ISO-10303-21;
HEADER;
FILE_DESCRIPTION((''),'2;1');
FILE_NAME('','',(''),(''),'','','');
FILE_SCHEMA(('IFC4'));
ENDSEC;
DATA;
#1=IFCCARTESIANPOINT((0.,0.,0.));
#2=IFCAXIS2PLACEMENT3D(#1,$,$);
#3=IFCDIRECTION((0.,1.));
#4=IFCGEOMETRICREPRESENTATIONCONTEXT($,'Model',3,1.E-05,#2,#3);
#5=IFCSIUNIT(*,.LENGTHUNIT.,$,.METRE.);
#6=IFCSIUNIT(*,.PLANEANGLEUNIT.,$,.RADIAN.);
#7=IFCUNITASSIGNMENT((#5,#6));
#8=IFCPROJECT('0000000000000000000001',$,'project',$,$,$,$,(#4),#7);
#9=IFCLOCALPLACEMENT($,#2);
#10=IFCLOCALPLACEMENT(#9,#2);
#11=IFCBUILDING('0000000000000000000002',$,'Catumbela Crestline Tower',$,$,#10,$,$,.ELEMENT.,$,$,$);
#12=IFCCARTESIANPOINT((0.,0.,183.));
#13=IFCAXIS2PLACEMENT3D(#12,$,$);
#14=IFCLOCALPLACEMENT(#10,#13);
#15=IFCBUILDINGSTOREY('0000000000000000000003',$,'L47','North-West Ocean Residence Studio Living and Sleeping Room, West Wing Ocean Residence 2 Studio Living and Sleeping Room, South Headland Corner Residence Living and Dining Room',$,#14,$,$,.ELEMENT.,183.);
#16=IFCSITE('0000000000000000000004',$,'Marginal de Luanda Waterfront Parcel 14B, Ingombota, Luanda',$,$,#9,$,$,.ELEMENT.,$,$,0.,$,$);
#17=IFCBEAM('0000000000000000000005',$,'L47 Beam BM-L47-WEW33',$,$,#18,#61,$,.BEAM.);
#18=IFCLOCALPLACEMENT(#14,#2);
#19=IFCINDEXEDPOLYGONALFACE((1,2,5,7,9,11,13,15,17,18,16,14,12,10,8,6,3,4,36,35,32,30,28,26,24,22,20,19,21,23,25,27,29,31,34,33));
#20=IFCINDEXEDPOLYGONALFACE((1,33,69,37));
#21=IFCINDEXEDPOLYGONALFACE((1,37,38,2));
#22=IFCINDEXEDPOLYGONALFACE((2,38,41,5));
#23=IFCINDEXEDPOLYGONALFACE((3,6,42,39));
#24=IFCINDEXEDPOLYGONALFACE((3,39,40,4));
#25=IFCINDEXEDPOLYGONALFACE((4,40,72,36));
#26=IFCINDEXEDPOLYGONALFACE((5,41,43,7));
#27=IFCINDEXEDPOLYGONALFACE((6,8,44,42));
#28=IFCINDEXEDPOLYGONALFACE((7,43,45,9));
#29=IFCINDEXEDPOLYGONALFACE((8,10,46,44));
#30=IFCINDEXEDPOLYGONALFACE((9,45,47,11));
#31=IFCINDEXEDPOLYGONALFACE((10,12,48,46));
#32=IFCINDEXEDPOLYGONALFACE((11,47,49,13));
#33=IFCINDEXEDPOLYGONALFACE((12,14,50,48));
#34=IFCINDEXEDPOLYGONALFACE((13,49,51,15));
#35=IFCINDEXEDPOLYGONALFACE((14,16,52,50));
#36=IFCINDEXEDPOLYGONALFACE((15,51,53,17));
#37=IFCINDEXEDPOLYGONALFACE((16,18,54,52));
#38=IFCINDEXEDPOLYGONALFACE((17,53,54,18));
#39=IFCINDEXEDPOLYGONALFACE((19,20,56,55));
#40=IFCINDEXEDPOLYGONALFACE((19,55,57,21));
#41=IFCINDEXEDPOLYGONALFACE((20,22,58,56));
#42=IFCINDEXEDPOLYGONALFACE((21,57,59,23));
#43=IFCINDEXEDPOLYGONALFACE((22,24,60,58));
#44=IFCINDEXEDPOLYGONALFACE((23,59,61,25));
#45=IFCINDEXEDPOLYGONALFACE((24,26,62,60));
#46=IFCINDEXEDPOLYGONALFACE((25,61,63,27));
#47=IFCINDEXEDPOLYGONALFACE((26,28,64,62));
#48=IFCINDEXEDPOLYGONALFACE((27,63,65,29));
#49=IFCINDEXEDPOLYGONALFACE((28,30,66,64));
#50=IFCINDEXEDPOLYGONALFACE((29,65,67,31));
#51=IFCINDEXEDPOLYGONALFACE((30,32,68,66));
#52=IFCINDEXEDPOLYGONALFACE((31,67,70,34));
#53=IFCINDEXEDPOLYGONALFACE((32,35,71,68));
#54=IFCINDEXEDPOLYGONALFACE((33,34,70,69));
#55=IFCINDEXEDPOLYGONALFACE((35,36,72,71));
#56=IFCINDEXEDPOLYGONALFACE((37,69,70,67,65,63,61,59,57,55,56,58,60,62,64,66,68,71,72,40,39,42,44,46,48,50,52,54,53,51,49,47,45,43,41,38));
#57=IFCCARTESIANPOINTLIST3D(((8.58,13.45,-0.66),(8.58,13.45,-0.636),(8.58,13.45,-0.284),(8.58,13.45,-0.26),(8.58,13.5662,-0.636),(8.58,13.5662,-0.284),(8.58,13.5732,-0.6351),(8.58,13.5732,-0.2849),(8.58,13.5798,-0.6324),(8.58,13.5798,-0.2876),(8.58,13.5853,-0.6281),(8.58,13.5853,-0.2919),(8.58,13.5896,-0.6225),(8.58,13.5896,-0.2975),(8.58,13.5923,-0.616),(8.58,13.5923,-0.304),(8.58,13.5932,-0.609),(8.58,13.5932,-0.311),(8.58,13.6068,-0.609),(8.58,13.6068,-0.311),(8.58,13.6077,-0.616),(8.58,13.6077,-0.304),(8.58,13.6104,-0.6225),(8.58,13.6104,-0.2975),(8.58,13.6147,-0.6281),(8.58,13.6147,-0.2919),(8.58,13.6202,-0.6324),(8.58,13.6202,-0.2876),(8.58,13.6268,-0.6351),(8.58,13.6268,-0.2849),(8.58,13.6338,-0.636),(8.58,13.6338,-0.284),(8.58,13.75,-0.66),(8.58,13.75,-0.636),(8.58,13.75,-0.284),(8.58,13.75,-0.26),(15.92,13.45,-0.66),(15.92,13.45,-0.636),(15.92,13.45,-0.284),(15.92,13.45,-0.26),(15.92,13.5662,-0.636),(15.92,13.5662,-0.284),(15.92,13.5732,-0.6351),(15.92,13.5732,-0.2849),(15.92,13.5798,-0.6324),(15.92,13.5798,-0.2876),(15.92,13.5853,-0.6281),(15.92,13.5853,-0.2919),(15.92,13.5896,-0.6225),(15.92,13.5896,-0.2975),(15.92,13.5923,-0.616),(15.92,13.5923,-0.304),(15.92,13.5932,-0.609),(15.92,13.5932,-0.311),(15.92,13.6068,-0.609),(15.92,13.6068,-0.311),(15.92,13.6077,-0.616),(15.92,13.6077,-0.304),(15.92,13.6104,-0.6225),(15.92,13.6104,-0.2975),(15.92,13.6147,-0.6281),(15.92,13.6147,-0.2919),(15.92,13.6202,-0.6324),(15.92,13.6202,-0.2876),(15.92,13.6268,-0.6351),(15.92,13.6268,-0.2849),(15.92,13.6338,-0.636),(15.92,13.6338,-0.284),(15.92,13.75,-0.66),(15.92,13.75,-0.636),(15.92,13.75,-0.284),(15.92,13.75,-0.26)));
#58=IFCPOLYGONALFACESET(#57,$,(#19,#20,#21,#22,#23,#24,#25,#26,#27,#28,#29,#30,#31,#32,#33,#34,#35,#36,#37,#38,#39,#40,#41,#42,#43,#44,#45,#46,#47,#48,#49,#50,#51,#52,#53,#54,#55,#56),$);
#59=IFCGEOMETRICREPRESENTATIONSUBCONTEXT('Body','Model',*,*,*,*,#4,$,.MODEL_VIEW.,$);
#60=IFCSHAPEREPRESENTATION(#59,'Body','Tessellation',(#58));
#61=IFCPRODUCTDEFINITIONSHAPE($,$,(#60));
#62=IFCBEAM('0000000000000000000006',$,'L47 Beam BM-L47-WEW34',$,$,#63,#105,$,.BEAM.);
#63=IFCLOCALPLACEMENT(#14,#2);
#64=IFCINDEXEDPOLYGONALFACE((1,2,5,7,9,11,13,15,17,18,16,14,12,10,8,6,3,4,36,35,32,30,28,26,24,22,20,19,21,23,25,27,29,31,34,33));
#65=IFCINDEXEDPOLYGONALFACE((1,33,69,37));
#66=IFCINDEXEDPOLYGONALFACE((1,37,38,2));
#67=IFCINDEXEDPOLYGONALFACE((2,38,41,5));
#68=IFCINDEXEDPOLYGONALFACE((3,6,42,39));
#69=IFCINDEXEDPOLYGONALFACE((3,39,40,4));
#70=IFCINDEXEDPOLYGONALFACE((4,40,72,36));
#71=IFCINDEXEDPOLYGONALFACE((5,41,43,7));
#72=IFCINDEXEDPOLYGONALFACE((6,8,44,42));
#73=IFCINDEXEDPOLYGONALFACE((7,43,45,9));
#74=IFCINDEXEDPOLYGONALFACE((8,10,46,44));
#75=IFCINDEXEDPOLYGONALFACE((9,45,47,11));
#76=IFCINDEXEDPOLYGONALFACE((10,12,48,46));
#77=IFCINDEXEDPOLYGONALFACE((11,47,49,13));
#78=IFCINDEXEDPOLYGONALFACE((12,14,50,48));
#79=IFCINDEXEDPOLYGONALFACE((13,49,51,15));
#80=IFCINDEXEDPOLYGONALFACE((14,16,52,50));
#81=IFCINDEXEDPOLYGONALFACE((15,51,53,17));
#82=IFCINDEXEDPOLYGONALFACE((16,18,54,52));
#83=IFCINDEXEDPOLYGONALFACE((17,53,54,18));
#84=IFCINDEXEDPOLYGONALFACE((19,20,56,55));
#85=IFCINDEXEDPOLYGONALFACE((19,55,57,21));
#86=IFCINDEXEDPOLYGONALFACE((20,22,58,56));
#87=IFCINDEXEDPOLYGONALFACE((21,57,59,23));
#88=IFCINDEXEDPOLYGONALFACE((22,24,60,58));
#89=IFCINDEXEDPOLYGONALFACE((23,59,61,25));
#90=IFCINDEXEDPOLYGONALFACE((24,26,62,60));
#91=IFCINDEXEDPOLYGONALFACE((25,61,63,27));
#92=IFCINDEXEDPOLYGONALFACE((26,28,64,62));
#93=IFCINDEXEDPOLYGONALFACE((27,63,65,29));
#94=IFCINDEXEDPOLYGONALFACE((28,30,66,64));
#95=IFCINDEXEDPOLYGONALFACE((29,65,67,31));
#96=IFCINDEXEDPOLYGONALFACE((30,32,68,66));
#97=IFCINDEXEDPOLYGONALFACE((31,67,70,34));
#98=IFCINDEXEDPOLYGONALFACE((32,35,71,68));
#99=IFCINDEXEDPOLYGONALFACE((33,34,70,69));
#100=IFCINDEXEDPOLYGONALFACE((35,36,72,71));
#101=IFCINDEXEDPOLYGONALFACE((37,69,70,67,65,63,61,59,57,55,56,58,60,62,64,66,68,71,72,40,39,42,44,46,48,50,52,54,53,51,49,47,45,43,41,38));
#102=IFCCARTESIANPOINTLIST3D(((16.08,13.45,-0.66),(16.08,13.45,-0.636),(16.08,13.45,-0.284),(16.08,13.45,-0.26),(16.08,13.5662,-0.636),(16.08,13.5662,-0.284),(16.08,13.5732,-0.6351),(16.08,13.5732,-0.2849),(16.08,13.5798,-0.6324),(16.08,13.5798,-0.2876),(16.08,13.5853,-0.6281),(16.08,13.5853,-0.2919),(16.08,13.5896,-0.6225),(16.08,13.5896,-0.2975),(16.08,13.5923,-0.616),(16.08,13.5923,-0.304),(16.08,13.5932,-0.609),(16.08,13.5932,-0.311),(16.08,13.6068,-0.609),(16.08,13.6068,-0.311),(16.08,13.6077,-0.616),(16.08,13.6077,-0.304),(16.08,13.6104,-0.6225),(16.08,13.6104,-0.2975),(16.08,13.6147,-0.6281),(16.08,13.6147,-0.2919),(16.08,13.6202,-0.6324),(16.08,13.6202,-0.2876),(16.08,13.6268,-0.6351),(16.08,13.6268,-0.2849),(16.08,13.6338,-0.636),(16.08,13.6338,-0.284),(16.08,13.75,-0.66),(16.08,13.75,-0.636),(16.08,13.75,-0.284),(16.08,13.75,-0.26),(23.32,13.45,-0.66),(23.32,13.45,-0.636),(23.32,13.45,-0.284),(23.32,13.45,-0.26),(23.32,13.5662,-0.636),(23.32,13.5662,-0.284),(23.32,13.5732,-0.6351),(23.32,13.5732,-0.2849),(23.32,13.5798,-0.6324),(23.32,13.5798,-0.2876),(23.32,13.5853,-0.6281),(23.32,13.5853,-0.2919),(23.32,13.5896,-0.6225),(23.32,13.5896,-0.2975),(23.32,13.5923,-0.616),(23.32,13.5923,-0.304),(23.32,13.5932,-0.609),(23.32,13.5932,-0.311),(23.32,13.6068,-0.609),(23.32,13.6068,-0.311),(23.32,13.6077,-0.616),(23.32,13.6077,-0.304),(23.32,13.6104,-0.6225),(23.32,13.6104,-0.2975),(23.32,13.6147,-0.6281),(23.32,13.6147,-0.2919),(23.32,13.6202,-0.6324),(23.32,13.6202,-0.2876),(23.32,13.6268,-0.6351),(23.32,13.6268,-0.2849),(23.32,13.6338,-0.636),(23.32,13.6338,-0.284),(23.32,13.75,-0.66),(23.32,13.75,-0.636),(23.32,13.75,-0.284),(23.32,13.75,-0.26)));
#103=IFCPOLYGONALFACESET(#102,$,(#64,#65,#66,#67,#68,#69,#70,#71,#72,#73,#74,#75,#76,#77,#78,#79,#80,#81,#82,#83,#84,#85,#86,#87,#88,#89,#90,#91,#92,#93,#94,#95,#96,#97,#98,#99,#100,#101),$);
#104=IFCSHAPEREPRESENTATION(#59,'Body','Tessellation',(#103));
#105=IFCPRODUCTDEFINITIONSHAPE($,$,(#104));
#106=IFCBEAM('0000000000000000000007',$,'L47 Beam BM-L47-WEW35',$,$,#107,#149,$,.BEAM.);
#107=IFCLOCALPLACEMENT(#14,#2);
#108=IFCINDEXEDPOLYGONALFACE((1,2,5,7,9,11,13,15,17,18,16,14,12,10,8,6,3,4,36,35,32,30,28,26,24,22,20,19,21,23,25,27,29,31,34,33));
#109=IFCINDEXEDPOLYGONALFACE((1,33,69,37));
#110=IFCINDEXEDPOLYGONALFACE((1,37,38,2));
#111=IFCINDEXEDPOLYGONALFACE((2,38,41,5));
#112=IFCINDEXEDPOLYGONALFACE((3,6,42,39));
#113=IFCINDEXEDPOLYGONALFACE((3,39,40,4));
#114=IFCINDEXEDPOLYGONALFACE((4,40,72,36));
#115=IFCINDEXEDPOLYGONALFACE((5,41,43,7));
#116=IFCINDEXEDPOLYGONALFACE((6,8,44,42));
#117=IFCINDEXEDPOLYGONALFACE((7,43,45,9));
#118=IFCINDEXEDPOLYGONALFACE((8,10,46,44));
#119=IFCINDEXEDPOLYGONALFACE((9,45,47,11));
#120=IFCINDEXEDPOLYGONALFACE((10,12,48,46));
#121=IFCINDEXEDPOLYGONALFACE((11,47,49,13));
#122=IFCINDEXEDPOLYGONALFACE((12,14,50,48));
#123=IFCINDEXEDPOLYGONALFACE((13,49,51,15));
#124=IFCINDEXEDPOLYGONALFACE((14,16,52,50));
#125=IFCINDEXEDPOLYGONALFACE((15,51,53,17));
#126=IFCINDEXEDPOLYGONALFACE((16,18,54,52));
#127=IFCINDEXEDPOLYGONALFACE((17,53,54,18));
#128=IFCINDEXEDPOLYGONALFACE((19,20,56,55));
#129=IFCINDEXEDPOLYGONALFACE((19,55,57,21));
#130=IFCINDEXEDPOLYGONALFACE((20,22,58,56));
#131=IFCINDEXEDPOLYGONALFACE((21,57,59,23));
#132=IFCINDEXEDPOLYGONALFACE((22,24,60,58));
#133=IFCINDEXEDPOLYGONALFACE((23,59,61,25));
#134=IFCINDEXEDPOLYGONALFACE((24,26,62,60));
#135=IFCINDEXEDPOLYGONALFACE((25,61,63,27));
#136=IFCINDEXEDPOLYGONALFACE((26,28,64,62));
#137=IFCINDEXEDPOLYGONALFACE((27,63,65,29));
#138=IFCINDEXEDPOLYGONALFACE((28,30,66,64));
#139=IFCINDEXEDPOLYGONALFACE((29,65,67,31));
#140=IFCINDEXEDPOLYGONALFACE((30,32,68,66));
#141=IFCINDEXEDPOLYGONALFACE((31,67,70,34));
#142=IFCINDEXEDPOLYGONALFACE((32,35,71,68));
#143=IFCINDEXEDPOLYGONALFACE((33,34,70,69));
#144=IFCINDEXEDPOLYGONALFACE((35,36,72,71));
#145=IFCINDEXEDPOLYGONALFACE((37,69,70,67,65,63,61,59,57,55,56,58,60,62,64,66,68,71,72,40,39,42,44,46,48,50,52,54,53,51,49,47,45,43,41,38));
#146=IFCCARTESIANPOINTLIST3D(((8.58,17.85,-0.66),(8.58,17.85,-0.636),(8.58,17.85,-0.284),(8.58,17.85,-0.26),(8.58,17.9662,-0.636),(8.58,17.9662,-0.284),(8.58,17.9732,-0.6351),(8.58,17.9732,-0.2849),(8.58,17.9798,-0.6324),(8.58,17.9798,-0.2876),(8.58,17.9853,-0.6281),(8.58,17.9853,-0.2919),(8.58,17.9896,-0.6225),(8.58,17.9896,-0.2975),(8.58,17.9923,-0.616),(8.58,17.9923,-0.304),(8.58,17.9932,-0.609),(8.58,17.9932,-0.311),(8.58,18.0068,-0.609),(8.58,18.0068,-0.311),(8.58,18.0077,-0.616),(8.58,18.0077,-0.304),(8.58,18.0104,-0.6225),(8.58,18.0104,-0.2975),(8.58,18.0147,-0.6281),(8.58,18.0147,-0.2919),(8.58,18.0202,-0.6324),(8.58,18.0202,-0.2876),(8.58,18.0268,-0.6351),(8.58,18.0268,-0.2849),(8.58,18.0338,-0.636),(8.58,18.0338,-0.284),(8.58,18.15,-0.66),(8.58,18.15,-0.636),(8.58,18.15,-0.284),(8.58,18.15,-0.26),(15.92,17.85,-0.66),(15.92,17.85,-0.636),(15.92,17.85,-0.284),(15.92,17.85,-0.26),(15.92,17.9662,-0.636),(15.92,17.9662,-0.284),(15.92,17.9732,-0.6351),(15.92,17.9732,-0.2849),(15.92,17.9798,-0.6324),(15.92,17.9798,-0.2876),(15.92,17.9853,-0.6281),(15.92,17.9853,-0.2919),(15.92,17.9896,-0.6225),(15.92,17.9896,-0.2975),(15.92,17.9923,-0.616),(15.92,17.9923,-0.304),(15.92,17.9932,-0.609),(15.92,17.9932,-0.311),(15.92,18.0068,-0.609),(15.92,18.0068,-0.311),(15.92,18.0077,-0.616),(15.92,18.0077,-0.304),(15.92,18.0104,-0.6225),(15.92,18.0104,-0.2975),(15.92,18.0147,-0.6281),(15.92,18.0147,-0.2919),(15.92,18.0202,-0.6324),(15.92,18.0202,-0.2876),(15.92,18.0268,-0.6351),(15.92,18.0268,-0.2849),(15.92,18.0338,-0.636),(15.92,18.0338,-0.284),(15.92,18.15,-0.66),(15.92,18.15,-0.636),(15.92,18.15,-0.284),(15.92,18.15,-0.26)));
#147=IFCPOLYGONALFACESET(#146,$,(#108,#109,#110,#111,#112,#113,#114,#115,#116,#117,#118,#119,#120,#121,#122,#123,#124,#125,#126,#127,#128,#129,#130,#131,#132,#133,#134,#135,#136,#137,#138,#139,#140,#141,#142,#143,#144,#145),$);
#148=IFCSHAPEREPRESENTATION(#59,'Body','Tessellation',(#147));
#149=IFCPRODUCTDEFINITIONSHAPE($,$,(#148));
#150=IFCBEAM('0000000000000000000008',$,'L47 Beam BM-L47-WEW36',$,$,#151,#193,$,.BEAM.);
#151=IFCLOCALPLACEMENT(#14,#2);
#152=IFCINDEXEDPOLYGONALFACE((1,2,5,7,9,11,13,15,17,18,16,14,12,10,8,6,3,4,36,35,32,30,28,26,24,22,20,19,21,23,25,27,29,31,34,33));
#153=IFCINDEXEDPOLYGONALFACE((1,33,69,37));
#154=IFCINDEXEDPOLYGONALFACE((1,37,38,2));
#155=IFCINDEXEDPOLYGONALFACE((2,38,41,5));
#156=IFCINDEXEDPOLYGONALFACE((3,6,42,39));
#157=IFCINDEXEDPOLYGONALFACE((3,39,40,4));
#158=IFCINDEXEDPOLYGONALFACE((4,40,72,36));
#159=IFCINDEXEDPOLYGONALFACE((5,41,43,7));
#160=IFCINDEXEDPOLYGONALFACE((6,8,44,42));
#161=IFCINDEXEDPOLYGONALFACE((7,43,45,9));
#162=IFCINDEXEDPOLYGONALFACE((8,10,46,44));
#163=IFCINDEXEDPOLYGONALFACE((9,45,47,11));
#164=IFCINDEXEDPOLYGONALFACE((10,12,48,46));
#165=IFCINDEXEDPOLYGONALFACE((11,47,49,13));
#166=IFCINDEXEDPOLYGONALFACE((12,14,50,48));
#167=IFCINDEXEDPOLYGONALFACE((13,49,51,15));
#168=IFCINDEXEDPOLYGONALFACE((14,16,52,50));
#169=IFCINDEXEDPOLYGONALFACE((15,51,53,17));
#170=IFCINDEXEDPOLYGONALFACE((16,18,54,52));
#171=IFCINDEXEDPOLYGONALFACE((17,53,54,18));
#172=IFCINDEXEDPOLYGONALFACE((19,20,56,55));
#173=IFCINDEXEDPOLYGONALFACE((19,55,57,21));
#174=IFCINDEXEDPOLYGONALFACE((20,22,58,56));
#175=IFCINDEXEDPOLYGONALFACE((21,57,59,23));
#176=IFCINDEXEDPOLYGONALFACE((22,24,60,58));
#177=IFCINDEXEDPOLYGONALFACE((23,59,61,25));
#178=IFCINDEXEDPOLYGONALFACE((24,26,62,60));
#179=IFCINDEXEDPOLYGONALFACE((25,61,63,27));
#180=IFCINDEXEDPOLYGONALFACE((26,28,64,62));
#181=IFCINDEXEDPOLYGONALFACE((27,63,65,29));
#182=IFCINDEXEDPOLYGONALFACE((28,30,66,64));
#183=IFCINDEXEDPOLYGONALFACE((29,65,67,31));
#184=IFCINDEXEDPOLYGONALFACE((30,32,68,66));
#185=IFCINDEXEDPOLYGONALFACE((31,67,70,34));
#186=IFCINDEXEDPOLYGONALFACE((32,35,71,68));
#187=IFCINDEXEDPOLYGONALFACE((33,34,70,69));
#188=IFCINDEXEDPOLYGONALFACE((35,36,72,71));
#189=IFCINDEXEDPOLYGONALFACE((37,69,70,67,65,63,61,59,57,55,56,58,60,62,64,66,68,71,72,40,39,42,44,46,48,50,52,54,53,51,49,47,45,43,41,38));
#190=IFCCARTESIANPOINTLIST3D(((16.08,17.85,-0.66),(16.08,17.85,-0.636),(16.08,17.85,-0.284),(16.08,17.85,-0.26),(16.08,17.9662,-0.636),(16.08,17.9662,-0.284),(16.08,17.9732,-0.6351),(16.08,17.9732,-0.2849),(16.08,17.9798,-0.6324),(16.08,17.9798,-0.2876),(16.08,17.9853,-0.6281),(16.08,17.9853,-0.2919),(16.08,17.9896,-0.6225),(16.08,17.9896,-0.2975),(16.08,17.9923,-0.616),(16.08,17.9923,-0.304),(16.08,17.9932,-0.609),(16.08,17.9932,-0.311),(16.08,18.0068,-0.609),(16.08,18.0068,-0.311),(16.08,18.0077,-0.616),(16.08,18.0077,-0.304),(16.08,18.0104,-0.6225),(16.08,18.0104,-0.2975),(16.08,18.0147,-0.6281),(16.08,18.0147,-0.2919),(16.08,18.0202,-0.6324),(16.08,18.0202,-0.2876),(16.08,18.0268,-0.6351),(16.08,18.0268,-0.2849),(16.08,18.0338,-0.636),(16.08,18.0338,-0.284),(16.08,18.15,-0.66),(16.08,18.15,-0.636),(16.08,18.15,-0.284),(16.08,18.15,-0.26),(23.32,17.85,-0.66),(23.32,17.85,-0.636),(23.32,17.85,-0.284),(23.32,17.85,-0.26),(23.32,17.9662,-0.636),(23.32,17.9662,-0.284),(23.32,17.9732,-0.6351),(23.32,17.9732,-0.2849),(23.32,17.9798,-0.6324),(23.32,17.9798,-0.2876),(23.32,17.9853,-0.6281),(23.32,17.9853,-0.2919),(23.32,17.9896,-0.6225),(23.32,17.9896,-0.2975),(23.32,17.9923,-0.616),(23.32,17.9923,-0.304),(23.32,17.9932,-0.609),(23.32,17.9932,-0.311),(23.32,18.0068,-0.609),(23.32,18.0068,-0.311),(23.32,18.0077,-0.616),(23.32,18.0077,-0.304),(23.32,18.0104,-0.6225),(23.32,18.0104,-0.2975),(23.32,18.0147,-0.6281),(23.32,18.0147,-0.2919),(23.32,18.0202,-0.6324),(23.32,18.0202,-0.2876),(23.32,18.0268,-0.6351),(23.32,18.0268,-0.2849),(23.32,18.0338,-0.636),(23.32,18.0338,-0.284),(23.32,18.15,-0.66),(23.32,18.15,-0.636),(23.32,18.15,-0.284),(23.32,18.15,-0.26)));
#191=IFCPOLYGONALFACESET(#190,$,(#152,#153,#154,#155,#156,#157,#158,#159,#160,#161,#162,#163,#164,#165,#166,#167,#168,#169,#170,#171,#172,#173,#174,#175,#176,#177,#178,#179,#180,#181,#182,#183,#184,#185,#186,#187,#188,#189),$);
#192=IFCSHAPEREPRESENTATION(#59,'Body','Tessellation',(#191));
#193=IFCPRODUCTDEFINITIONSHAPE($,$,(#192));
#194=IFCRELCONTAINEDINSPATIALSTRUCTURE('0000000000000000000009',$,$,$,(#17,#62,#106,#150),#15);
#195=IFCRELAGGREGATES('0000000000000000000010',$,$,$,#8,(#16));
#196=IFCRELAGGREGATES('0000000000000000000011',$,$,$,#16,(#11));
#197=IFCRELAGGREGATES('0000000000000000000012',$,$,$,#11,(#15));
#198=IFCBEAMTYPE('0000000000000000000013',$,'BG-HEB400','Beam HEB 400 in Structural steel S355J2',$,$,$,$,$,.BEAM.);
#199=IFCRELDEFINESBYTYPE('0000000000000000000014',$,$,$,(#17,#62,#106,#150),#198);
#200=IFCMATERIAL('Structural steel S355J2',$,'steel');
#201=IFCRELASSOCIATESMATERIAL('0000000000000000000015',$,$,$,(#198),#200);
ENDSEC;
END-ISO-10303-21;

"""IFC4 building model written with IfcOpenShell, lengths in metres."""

from ifc_helpers import new_model, si_unit, direction, frame, origin, origin_2d, place, context, subcontext, project, spatial, i_section, extrude, material, material_profile, profile_set, type_object, element, save


model = new_model("IFC4")

# Units and contexts
model_context = context("Model", 3, precision=1e-05, world=origin(), true_north=direction((0.0, 1.0)))
body_context = subcontext(model_context, "Body", "Model", "MODEL_VIEW")
ifc_project = project(units=[si_unit("LENGTHUNIT", "METRE"), si_unit("PLANEANGLEUNIT", "RADIAN")], contexts=[model_context])

# Site, building, storey
site_placement = place(None, origin())
site = spatial("IfcSite", under=ifc_project, at=site_placement, Name="Marginal de Luanda Waterfront Parcel 14B, Ingombota, Luanda", CompositionType="ELEMENT", RefElevation=0.0)
building_placement = place(site_placement, origin())
building = spatial("IfcBuilding", under=site, at=building_placement, Name="Catumbela Crestline Tower", CompositionType="ELEMENT")
storey_placement = place(building_placement, frame((0.0, 0.0, 183.0)))
storey = spatial("IfcBuildingStorey", under=building, at=storey_placement, Name="L47", Description="North-West Ocean Residence Studio Living and Sleeping Room, West Wing Ocean Residence 2 Studio Living and Sleeping Room, South Headland Corner Residence Living and Dining Room", CompositionType="ELEMENT", Elevation=183.0)

# Shared definitions
ifc_material_1 = material(Name="Structural steel S355J2", Category="steel")

# Beams
ifc_material_profile_1 = material_profile(ifc_material_1, i_section(OverallWidth=0.3, OverallDepth=0.4, WebThickness=0.0135, FlangeThickness=0.024, FilletRadius=0.027, at=origin_2d()), Name="HEB 400")
ifc_profile_set_1 = profile_set([ifc_material_profile_1], Name="Structural steel S355J2")
beam_type_1 = type_object("IfcBeamType", Name="BG-HEB400", Description="Beam HEB 400 in Structural steel S355J2", PredefinedType="BEAM", material=ifc_profile_set_1)
beam_1_placement = place(storey_placement, frame((8.58, 13.6, -0.46), z_axis=(1.0, 0.0, 0.0), x_axis=(0.0, 1.0, 0.0)))
element("IfcBeam", 1, at=beam_1_placement, inside=storey, type_object=beam_type_1, Name="L47 Beam BM-L47-WEW33", PredefinedType="BEAM", context=body_context, shape_type="SweptSolid", body=[
    extrude(i_section(OverallWidth=0.3, OverallDepth=0.4, WebThickness=0.0135, FlangeThickness=0.024, FilletRadius=0.027, at=origin_2d()), origin(), (0.0, 0.0, 1.0), 7.34),
])
beam_2_placement = place(storey_placement, frame((16.08, 13.6, -0.46), z_axis=(1.0, 0.0, 0.0), x_axis=(0.0, 1.0, 0.0)))
element("IfcBeam", 2, at=beam_2_placement, inside=storey, type_object=beam_type_1, Name="L47 Beam BM-L47-WEW34", PredefinedType="BEAM", context=body_context, shape_type="SweptSolid", body=[
    extrude(i_section(OverallWidth=0.3, OverallDepth=0.4, WebThickness=0.0135, FlangeThickness=0.024, FilletRadius=0.027, at=origin_2d()), origin(), (0.0, 0.0, 1.0), 7.24),
])
beam_3_placement = place(storey_placement, frame((8.58, 18.0, -0.46), z_axis=(1.0, 0.0, 0.0), x_axis=(0.0, 1.0, 0.0)))
element("IfcBeam", 3, at=beam_3_placement, inside=storey, type_object=beam_type_1, Name="L47 Beam BM-L47-WEW35", PredefinedType="BEAM", context=body_context, shape_type="SweptSolid", body=[
    extrude(i_section(OverallWidth=0.3, OverallDepth=0.4, WebThickness=0.0135, FlangeThickness=0.024, FilletRadius=0.027, at=origin_2d()), origin(), (0.0, 0.0, 1.0), 7.34),
])
beam_4_placement = place(storey_placement, frame((16.08, 18.0, -0.46), z_axis=(1.0, 0.0, 0.0), x_axis=(0.0, 1.0, 0.0)))
element("IfcBeam", 4, at=beam_4_placement, inside=storey, type_object=beam_type_1, Name="L47 Beam BM-L47-WEW36", PredefinedType="BEAM", context=body_context, shape_type="SweptSolid", body=[
    extrude(i_section(OverallWidth=0.3, OverallDepth=0.4, WebThickness=0.0135, FlangeThickness=0.024, FilletRadius=0.027, at=origin_2d()), origin(), (0.0, 0.0, 1.0), 7.24),
])

save(model, "model.ifc")
